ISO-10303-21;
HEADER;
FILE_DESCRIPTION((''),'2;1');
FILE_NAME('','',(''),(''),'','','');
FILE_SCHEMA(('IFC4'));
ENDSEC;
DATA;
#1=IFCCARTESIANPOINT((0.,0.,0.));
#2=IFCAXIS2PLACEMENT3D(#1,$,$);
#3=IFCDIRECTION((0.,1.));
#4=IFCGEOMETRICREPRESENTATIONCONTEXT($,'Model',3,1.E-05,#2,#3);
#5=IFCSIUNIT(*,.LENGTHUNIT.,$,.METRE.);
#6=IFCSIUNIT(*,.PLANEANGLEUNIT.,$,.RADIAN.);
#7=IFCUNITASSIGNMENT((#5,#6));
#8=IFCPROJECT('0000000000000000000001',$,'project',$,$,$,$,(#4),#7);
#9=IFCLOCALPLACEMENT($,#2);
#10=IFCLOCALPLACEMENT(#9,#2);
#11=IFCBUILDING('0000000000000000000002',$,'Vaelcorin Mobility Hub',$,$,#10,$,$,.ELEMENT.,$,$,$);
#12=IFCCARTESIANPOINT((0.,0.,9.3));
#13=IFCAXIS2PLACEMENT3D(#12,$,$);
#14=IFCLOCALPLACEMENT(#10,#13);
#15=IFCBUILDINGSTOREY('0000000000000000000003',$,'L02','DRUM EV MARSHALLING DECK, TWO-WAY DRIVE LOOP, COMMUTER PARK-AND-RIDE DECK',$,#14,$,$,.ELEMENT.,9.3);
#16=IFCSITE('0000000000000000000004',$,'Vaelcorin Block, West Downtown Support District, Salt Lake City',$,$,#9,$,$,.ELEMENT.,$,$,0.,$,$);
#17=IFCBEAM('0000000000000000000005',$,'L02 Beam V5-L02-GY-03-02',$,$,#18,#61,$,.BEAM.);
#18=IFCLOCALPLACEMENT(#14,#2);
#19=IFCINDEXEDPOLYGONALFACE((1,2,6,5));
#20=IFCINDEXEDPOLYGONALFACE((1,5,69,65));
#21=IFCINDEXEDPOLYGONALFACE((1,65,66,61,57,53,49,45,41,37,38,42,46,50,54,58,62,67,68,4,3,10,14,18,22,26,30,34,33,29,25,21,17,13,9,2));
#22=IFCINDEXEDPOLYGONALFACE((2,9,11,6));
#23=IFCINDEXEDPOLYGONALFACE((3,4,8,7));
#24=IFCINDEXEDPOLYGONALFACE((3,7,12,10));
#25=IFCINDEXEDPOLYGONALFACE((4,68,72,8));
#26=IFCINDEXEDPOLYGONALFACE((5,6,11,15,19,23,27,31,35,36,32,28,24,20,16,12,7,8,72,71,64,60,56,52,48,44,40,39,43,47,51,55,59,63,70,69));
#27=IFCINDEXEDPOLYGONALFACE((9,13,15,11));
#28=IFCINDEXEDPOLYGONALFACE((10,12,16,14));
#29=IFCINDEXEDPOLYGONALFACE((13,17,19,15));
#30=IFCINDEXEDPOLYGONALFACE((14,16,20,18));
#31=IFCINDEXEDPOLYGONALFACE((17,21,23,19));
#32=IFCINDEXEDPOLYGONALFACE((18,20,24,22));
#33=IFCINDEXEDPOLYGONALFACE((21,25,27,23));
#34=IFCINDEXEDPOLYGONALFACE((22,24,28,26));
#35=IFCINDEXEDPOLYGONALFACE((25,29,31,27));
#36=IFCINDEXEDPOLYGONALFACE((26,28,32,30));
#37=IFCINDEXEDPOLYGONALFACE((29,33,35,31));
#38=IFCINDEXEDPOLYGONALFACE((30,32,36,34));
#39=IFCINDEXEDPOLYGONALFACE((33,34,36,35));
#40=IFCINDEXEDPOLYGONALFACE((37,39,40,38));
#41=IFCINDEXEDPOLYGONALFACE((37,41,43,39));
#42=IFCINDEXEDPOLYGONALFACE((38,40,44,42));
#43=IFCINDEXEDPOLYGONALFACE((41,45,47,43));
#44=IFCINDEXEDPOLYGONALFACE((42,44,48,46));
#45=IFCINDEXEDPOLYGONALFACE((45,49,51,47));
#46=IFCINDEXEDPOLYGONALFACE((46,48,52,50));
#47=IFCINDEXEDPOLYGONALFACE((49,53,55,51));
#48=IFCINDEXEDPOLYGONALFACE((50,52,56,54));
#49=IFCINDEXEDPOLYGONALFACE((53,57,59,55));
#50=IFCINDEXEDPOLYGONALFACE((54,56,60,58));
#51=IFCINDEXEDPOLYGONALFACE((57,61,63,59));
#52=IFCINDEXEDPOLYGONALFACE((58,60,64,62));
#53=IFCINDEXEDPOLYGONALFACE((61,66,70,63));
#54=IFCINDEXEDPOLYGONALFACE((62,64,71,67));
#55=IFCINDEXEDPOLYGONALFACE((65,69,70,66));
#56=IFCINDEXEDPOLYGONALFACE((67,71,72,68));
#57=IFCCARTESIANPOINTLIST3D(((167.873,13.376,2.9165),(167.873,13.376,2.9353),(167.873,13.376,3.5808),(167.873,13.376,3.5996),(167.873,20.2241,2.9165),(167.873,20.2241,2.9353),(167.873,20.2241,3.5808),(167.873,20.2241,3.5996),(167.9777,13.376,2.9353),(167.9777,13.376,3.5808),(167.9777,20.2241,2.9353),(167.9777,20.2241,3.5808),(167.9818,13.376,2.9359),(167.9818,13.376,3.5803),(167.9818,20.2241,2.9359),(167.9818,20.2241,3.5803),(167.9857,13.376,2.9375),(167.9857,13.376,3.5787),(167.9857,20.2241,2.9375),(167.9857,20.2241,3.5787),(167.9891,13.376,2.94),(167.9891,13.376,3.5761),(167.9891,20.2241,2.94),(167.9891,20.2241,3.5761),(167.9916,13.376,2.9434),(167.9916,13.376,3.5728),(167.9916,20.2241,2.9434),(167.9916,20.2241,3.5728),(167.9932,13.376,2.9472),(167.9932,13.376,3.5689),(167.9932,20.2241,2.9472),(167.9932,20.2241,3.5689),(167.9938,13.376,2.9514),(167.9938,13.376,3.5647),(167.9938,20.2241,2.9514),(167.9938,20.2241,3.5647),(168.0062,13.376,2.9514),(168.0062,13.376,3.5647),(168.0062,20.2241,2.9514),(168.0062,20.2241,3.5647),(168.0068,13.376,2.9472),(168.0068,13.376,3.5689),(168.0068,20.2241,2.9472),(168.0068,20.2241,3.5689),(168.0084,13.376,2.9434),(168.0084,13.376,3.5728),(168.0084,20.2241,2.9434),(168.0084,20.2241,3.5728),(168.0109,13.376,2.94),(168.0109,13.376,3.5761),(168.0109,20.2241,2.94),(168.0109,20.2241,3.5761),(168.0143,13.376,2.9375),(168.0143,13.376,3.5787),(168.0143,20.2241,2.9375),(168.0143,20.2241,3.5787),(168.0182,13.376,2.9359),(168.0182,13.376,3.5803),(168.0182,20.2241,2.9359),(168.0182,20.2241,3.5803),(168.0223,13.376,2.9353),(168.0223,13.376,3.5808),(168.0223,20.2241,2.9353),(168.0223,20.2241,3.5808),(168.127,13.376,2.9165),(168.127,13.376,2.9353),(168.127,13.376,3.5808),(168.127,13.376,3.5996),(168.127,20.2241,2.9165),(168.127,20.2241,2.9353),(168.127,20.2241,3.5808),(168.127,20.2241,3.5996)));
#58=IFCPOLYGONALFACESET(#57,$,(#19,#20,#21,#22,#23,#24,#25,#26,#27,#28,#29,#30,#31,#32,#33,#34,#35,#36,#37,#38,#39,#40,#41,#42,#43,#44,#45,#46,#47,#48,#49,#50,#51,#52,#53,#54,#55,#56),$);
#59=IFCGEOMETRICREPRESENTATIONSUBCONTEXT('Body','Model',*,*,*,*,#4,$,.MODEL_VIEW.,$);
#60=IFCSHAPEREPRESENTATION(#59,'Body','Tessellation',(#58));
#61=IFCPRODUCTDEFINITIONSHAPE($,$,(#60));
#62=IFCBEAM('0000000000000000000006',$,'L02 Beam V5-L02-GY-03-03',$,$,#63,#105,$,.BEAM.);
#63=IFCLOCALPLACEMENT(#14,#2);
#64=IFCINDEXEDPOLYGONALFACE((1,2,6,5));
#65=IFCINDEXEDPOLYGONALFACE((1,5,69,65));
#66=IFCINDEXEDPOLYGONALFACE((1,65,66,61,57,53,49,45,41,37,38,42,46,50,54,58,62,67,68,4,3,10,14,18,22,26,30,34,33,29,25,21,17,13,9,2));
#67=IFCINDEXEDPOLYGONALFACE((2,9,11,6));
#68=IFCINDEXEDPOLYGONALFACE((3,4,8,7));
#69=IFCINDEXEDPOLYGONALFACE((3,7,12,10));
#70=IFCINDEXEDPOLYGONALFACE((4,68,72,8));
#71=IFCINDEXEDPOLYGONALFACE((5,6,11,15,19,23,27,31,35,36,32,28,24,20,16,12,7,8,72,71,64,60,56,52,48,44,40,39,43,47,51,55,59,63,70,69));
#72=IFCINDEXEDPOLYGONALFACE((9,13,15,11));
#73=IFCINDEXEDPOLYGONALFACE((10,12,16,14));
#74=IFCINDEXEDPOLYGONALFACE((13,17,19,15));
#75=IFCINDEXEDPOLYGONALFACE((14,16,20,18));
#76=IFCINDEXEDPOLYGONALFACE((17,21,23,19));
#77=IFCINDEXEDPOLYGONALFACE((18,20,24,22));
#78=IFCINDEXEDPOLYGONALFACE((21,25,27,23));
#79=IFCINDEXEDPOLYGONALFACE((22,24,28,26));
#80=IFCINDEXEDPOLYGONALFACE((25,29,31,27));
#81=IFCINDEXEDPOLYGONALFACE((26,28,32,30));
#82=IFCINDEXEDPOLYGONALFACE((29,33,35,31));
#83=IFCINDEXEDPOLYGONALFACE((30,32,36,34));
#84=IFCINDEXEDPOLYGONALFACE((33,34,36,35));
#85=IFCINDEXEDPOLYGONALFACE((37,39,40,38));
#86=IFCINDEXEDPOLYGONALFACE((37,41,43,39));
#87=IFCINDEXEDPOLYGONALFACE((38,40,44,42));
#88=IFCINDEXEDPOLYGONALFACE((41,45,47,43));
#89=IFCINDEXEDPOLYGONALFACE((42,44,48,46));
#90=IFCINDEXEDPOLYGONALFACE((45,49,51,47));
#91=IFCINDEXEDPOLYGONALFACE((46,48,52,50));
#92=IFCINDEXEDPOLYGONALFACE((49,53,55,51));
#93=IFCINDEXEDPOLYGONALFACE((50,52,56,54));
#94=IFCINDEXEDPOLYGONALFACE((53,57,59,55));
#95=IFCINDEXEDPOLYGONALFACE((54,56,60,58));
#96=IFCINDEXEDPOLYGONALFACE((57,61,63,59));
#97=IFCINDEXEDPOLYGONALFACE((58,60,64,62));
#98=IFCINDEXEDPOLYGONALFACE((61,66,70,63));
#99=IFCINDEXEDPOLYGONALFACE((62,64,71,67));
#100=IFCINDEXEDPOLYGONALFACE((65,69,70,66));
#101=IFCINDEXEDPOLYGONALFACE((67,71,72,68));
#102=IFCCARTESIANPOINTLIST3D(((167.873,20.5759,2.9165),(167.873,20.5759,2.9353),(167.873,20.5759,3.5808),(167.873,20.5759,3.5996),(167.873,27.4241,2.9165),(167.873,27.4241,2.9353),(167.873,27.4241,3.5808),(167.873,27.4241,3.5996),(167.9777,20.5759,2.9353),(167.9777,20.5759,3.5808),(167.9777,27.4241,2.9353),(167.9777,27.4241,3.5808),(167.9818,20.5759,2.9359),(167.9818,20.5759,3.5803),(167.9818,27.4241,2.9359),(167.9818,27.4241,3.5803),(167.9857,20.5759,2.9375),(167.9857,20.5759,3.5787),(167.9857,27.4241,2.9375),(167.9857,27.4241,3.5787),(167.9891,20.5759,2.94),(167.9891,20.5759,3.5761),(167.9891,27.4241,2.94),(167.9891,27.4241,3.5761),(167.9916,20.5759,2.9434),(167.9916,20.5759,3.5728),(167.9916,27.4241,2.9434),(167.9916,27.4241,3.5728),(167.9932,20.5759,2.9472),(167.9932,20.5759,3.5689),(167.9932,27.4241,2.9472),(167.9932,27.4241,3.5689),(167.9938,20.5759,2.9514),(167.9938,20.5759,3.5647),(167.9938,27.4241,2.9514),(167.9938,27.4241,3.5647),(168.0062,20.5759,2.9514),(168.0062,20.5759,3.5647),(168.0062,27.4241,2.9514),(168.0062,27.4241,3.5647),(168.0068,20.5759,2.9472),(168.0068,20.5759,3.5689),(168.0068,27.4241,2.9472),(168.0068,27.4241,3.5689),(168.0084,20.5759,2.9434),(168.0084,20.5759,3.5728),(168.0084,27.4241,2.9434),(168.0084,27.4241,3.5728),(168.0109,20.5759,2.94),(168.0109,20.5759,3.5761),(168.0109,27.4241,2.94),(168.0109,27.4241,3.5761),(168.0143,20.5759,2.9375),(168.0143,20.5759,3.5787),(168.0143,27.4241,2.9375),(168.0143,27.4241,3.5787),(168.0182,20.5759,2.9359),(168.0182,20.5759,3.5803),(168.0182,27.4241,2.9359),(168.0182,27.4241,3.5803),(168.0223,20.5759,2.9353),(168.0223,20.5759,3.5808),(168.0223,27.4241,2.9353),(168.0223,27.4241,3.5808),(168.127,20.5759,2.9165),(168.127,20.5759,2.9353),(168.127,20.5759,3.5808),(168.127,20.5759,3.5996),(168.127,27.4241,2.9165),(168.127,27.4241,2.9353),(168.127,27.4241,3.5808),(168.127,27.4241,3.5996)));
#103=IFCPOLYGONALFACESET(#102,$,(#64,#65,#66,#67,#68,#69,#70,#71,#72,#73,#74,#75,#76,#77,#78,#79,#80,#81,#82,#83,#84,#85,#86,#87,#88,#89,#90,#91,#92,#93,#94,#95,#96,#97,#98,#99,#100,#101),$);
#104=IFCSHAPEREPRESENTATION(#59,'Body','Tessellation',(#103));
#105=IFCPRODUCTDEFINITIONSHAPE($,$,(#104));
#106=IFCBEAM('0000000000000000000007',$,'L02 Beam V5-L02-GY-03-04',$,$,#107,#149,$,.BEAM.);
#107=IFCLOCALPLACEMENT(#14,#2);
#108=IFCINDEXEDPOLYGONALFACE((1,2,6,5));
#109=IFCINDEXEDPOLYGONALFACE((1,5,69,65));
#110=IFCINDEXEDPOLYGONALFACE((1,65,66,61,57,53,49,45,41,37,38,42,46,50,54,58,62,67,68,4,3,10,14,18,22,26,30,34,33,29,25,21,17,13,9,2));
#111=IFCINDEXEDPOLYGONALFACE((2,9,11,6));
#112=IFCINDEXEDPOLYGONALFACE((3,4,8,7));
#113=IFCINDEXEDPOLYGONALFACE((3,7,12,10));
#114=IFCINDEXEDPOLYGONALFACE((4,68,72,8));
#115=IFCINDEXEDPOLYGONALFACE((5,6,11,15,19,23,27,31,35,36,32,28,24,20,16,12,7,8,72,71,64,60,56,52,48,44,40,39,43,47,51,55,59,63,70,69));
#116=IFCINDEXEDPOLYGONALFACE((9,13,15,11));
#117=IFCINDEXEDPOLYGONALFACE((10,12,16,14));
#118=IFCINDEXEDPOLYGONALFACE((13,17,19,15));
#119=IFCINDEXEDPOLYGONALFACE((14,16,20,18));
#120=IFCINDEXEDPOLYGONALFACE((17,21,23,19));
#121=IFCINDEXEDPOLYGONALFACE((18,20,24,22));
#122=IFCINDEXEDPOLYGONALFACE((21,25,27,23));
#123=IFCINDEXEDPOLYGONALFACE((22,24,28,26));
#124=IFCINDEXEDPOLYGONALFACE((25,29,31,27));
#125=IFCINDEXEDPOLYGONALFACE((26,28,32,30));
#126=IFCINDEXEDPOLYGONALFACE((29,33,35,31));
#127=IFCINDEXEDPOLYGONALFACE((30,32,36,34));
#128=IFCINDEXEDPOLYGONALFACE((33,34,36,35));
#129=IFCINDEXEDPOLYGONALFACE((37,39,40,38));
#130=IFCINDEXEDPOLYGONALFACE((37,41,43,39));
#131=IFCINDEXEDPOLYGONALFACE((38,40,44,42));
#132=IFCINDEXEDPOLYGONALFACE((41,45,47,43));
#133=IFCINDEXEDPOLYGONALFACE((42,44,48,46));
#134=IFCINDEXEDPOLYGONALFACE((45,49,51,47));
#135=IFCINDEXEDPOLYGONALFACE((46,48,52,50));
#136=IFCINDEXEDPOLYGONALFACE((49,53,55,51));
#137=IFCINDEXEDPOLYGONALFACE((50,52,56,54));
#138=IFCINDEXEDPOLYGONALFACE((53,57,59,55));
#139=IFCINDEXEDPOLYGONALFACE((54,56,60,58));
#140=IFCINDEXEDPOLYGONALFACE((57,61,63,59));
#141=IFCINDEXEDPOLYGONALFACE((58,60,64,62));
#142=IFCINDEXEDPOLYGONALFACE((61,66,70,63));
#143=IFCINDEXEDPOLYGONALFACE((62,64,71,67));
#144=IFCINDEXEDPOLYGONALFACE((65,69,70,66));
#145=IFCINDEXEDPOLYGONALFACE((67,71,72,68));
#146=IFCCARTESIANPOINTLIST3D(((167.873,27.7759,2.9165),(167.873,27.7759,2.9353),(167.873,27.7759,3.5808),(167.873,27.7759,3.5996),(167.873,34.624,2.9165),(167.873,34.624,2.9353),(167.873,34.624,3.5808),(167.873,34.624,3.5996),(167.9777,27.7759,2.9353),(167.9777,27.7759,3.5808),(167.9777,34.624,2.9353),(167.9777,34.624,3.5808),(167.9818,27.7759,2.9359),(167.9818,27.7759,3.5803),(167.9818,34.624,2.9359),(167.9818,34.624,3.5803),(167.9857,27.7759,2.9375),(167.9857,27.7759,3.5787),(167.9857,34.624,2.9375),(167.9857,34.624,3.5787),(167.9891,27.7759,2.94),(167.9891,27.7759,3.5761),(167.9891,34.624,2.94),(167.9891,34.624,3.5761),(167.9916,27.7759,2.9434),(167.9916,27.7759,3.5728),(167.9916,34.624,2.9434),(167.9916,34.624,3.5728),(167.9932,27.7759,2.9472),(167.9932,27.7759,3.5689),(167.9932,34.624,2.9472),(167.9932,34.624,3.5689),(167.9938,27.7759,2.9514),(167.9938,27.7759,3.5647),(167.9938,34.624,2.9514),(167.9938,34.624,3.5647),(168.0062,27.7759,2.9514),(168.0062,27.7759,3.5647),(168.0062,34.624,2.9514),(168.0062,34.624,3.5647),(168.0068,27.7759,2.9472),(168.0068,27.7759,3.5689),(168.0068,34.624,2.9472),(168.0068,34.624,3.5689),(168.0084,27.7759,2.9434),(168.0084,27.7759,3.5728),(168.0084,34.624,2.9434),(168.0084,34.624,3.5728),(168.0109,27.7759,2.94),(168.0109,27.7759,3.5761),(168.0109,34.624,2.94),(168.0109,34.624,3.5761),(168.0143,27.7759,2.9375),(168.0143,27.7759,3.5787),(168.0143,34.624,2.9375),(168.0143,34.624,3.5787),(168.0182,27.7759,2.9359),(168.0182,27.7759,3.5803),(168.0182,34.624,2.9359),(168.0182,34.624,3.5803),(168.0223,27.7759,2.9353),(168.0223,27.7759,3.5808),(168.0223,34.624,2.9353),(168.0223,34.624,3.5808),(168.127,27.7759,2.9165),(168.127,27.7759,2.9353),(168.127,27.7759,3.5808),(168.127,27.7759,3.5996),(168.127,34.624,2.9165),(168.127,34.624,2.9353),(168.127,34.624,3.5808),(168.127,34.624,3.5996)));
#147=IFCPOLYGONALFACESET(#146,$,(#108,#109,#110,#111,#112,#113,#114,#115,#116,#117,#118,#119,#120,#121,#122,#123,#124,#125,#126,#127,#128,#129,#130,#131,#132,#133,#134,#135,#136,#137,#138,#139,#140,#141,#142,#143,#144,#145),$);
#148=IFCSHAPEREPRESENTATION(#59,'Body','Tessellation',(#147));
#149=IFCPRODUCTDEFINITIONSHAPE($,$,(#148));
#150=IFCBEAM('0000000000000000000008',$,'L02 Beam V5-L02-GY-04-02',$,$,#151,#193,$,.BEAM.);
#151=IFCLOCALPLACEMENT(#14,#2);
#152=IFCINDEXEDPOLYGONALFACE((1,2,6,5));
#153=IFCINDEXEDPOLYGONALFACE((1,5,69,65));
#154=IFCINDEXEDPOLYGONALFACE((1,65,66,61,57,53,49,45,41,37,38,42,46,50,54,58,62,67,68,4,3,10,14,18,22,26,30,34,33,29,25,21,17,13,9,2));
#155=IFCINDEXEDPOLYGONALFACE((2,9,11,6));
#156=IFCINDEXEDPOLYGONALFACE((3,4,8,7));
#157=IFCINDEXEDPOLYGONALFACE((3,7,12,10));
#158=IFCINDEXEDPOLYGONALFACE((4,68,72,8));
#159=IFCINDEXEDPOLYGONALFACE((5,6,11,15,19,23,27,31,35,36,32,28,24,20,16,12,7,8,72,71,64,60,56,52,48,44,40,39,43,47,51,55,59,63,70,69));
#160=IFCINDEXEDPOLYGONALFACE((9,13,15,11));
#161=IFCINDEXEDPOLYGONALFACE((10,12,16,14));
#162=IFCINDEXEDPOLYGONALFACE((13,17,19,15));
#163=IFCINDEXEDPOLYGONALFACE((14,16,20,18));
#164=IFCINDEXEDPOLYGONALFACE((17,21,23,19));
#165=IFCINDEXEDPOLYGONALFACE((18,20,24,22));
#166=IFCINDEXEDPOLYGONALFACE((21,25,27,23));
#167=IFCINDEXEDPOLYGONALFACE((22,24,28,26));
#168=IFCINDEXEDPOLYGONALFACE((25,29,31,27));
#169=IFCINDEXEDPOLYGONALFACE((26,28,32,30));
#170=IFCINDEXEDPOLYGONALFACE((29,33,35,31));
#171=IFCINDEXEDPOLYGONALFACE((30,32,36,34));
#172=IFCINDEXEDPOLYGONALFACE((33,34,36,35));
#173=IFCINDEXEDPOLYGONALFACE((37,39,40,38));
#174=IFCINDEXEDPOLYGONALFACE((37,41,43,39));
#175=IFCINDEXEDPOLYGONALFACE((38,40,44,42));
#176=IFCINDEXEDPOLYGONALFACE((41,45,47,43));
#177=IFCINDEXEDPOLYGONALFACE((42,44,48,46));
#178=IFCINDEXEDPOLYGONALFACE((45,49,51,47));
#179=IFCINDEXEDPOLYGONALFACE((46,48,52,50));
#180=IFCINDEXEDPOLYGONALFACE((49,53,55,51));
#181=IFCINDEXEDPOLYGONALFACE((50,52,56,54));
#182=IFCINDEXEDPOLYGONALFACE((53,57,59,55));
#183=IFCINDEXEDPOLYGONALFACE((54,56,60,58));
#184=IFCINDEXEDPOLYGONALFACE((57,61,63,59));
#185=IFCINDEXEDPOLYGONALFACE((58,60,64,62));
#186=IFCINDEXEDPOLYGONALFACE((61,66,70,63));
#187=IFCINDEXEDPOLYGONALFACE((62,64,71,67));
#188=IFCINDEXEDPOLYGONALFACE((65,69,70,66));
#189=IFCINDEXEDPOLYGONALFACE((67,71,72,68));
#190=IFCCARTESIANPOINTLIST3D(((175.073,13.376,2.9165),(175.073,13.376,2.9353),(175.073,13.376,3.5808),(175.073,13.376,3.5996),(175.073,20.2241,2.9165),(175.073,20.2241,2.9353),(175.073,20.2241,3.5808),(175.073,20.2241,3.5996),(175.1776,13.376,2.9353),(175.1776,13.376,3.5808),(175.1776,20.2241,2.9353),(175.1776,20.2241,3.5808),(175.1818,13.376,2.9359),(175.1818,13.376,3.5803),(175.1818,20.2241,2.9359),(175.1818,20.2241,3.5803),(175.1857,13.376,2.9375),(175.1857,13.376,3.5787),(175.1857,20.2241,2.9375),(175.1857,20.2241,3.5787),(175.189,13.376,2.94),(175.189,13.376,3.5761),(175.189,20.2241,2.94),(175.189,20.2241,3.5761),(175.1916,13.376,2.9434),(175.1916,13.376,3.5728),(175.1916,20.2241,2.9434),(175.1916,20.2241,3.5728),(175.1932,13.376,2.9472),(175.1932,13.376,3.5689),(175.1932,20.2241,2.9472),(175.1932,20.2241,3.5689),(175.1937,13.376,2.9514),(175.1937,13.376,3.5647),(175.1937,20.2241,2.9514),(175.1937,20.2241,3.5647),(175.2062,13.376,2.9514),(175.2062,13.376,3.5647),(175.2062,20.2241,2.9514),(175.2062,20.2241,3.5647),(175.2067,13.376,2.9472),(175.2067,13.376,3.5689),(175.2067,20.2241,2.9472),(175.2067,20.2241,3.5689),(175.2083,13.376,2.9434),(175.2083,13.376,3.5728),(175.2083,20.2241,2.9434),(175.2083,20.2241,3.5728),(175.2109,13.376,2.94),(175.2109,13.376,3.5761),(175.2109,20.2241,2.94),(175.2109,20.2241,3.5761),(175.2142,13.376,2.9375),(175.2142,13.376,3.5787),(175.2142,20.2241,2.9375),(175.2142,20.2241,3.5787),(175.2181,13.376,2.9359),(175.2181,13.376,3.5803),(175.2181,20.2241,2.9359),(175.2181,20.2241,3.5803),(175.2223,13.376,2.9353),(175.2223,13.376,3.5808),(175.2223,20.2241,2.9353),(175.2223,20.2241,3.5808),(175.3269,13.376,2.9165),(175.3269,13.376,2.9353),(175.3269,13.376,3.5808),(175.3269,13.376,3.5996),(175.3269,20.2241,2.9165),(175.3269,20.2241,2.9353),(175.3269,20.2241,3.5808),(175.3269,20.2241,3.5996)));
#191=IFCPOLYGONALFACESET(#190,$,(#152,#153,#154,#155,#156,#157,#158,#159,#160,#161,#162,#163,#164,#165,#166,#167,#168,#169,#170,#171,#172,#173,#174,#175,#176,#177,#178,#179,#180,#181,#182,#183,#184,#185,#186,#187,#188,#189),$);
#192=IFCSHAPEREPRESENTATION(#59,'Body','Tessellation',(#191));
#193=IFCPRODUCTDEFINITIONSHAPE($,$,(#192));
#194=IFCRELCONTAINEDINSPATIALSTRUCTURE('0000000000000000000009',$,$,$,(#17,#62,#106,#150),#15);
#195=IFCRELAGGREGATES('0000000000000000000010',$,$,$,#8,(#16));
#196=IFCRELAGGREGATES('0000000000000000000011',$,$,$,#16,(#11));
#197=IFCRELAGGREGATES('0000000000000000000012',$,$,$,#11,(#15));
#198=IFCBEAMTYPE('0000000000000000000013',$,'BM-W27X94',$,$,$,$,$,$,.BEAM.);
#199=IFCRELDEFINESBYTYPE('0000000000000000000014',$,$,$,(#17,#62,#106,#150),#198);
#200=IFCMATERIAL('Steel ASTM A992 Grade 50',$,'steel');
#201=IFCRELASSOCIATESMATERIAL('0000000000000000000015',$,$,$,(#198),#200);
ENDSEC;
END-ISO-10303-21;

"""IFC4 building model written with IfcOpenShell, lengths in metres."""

from ifc_helpers import new_model, si_unit, direction, frame, origin, origin_2d, place, context, subcontext, project, spatial, i_section, extrude, material, material_profile, profile_set, type_object, element, save


model = new_model("IFC4")

# Units and contexts
model_context = context("Model", 3, precision=1e-05, world=origin(), true_north=direction((0.0, 1.0)))
body_context = subcontext(model_context, "Body", "Model", "MODEL_VIEW")
ifc_project = project(units=[si_unit("LENGTHUNIT", "METRE"), si_unit("PLANEANGLEUNIT", "RADIAN")], contexts=[model_context])

# Site, building, storey
site_placement = place(None, origin())
site = spatial("IfcSite", under=ifc_project, at=site_placement, Name="Vaelcorin Block, West Downtown Support District, Salt Lake City", CompositionType="ELEMENT", RefElevation=0.0)
building_placement = place(site_placement, origin())
building = spatial("IfcBuilding", under=site, at=building_placement, Name="Vaelcorin Mobility Hub", CompositionType="ELEMENT")
storey_placement = place(building_placement, frame((0.0, 0.0, 9.3)))
storey = spatial("IfcBuildingStorey", under=building, at=storey_placement, Name="L02", Description="DRUM EV MARSHALLING DECK, TWO-WAY DRIVE LOOP, COMMUTER PARK-AND-RIDE DECK", CompositionType="ELEMENT", Elevation=9.3)

# Shared definitions
ifc_material_1 = material(Name="Steel ASTM A992 Grade 50", Category="steel")

# Beams
ifc_material_profile_1 = material_profile(ifc_material_1, i_section(OverallWidth=0.2539, OverallDepth=0.6831, WebThickness=0.0125, FlangeThickness=0.0188, FilletRadius=0.0161, at=origin_2d()), Name="W27X94")
ifc_profile_set_1 = profile_set([ifc_material_profile_1], Name="Steel ASTM A992 Grade 50")
beam_type_1 = type_object("IfcBeamType", Name="BM-W27X94", PredefinedType="BEAM", material=ifc_profile_set_1)
for number, where, z_axis, x_axis, name in (
    (1, (168.0, 13.376, 3.2581), (0.0, 1.0, 0.0), (-1.0, 0.0, 0.0), "L02 Beam V5-L02-GY-03-02"),
    (2, (168.0, 20.5759, 3.2581), (0.0, 1.0, 0.0), (-1.0, 0.0, 0.0), "L02 Beam V5-L02-GY-03-03"),
    (3, (168.0, 27.7759, 3.2581), (0.0, 1.0, 0.0), (-1.0, 0.0, 0.0), "L02 Beam V5-L02-GY-03-04"),
    (4, (175.2, 13.376, 3.2581), (0.0, 1.0, 0.0), (-1.0, 0.0, 0.0), "L02 Beam V5-L02-GY-04-02"),
):
    element("IfcBeam", number, at=place(storey_placement, frame(where, z_axis=z_axis, x_axis=x_axis)), inside=storey, type_object=beam_type_1, Name=name, PredefinedType="BEAM", context=body_context, shape_type="SweptSolid", body=[
        extrude(i_section(OverallWidth=0.2539, OverallDepth=0.6831, WebThickness=0.0125, FlangeThickness=0.0188, FilletRadius=0.0161, at=origin_2d()), origin(), (0.0, 0.0, 1.0), 6.8481),
    ])

save(model, "model.ifc")
